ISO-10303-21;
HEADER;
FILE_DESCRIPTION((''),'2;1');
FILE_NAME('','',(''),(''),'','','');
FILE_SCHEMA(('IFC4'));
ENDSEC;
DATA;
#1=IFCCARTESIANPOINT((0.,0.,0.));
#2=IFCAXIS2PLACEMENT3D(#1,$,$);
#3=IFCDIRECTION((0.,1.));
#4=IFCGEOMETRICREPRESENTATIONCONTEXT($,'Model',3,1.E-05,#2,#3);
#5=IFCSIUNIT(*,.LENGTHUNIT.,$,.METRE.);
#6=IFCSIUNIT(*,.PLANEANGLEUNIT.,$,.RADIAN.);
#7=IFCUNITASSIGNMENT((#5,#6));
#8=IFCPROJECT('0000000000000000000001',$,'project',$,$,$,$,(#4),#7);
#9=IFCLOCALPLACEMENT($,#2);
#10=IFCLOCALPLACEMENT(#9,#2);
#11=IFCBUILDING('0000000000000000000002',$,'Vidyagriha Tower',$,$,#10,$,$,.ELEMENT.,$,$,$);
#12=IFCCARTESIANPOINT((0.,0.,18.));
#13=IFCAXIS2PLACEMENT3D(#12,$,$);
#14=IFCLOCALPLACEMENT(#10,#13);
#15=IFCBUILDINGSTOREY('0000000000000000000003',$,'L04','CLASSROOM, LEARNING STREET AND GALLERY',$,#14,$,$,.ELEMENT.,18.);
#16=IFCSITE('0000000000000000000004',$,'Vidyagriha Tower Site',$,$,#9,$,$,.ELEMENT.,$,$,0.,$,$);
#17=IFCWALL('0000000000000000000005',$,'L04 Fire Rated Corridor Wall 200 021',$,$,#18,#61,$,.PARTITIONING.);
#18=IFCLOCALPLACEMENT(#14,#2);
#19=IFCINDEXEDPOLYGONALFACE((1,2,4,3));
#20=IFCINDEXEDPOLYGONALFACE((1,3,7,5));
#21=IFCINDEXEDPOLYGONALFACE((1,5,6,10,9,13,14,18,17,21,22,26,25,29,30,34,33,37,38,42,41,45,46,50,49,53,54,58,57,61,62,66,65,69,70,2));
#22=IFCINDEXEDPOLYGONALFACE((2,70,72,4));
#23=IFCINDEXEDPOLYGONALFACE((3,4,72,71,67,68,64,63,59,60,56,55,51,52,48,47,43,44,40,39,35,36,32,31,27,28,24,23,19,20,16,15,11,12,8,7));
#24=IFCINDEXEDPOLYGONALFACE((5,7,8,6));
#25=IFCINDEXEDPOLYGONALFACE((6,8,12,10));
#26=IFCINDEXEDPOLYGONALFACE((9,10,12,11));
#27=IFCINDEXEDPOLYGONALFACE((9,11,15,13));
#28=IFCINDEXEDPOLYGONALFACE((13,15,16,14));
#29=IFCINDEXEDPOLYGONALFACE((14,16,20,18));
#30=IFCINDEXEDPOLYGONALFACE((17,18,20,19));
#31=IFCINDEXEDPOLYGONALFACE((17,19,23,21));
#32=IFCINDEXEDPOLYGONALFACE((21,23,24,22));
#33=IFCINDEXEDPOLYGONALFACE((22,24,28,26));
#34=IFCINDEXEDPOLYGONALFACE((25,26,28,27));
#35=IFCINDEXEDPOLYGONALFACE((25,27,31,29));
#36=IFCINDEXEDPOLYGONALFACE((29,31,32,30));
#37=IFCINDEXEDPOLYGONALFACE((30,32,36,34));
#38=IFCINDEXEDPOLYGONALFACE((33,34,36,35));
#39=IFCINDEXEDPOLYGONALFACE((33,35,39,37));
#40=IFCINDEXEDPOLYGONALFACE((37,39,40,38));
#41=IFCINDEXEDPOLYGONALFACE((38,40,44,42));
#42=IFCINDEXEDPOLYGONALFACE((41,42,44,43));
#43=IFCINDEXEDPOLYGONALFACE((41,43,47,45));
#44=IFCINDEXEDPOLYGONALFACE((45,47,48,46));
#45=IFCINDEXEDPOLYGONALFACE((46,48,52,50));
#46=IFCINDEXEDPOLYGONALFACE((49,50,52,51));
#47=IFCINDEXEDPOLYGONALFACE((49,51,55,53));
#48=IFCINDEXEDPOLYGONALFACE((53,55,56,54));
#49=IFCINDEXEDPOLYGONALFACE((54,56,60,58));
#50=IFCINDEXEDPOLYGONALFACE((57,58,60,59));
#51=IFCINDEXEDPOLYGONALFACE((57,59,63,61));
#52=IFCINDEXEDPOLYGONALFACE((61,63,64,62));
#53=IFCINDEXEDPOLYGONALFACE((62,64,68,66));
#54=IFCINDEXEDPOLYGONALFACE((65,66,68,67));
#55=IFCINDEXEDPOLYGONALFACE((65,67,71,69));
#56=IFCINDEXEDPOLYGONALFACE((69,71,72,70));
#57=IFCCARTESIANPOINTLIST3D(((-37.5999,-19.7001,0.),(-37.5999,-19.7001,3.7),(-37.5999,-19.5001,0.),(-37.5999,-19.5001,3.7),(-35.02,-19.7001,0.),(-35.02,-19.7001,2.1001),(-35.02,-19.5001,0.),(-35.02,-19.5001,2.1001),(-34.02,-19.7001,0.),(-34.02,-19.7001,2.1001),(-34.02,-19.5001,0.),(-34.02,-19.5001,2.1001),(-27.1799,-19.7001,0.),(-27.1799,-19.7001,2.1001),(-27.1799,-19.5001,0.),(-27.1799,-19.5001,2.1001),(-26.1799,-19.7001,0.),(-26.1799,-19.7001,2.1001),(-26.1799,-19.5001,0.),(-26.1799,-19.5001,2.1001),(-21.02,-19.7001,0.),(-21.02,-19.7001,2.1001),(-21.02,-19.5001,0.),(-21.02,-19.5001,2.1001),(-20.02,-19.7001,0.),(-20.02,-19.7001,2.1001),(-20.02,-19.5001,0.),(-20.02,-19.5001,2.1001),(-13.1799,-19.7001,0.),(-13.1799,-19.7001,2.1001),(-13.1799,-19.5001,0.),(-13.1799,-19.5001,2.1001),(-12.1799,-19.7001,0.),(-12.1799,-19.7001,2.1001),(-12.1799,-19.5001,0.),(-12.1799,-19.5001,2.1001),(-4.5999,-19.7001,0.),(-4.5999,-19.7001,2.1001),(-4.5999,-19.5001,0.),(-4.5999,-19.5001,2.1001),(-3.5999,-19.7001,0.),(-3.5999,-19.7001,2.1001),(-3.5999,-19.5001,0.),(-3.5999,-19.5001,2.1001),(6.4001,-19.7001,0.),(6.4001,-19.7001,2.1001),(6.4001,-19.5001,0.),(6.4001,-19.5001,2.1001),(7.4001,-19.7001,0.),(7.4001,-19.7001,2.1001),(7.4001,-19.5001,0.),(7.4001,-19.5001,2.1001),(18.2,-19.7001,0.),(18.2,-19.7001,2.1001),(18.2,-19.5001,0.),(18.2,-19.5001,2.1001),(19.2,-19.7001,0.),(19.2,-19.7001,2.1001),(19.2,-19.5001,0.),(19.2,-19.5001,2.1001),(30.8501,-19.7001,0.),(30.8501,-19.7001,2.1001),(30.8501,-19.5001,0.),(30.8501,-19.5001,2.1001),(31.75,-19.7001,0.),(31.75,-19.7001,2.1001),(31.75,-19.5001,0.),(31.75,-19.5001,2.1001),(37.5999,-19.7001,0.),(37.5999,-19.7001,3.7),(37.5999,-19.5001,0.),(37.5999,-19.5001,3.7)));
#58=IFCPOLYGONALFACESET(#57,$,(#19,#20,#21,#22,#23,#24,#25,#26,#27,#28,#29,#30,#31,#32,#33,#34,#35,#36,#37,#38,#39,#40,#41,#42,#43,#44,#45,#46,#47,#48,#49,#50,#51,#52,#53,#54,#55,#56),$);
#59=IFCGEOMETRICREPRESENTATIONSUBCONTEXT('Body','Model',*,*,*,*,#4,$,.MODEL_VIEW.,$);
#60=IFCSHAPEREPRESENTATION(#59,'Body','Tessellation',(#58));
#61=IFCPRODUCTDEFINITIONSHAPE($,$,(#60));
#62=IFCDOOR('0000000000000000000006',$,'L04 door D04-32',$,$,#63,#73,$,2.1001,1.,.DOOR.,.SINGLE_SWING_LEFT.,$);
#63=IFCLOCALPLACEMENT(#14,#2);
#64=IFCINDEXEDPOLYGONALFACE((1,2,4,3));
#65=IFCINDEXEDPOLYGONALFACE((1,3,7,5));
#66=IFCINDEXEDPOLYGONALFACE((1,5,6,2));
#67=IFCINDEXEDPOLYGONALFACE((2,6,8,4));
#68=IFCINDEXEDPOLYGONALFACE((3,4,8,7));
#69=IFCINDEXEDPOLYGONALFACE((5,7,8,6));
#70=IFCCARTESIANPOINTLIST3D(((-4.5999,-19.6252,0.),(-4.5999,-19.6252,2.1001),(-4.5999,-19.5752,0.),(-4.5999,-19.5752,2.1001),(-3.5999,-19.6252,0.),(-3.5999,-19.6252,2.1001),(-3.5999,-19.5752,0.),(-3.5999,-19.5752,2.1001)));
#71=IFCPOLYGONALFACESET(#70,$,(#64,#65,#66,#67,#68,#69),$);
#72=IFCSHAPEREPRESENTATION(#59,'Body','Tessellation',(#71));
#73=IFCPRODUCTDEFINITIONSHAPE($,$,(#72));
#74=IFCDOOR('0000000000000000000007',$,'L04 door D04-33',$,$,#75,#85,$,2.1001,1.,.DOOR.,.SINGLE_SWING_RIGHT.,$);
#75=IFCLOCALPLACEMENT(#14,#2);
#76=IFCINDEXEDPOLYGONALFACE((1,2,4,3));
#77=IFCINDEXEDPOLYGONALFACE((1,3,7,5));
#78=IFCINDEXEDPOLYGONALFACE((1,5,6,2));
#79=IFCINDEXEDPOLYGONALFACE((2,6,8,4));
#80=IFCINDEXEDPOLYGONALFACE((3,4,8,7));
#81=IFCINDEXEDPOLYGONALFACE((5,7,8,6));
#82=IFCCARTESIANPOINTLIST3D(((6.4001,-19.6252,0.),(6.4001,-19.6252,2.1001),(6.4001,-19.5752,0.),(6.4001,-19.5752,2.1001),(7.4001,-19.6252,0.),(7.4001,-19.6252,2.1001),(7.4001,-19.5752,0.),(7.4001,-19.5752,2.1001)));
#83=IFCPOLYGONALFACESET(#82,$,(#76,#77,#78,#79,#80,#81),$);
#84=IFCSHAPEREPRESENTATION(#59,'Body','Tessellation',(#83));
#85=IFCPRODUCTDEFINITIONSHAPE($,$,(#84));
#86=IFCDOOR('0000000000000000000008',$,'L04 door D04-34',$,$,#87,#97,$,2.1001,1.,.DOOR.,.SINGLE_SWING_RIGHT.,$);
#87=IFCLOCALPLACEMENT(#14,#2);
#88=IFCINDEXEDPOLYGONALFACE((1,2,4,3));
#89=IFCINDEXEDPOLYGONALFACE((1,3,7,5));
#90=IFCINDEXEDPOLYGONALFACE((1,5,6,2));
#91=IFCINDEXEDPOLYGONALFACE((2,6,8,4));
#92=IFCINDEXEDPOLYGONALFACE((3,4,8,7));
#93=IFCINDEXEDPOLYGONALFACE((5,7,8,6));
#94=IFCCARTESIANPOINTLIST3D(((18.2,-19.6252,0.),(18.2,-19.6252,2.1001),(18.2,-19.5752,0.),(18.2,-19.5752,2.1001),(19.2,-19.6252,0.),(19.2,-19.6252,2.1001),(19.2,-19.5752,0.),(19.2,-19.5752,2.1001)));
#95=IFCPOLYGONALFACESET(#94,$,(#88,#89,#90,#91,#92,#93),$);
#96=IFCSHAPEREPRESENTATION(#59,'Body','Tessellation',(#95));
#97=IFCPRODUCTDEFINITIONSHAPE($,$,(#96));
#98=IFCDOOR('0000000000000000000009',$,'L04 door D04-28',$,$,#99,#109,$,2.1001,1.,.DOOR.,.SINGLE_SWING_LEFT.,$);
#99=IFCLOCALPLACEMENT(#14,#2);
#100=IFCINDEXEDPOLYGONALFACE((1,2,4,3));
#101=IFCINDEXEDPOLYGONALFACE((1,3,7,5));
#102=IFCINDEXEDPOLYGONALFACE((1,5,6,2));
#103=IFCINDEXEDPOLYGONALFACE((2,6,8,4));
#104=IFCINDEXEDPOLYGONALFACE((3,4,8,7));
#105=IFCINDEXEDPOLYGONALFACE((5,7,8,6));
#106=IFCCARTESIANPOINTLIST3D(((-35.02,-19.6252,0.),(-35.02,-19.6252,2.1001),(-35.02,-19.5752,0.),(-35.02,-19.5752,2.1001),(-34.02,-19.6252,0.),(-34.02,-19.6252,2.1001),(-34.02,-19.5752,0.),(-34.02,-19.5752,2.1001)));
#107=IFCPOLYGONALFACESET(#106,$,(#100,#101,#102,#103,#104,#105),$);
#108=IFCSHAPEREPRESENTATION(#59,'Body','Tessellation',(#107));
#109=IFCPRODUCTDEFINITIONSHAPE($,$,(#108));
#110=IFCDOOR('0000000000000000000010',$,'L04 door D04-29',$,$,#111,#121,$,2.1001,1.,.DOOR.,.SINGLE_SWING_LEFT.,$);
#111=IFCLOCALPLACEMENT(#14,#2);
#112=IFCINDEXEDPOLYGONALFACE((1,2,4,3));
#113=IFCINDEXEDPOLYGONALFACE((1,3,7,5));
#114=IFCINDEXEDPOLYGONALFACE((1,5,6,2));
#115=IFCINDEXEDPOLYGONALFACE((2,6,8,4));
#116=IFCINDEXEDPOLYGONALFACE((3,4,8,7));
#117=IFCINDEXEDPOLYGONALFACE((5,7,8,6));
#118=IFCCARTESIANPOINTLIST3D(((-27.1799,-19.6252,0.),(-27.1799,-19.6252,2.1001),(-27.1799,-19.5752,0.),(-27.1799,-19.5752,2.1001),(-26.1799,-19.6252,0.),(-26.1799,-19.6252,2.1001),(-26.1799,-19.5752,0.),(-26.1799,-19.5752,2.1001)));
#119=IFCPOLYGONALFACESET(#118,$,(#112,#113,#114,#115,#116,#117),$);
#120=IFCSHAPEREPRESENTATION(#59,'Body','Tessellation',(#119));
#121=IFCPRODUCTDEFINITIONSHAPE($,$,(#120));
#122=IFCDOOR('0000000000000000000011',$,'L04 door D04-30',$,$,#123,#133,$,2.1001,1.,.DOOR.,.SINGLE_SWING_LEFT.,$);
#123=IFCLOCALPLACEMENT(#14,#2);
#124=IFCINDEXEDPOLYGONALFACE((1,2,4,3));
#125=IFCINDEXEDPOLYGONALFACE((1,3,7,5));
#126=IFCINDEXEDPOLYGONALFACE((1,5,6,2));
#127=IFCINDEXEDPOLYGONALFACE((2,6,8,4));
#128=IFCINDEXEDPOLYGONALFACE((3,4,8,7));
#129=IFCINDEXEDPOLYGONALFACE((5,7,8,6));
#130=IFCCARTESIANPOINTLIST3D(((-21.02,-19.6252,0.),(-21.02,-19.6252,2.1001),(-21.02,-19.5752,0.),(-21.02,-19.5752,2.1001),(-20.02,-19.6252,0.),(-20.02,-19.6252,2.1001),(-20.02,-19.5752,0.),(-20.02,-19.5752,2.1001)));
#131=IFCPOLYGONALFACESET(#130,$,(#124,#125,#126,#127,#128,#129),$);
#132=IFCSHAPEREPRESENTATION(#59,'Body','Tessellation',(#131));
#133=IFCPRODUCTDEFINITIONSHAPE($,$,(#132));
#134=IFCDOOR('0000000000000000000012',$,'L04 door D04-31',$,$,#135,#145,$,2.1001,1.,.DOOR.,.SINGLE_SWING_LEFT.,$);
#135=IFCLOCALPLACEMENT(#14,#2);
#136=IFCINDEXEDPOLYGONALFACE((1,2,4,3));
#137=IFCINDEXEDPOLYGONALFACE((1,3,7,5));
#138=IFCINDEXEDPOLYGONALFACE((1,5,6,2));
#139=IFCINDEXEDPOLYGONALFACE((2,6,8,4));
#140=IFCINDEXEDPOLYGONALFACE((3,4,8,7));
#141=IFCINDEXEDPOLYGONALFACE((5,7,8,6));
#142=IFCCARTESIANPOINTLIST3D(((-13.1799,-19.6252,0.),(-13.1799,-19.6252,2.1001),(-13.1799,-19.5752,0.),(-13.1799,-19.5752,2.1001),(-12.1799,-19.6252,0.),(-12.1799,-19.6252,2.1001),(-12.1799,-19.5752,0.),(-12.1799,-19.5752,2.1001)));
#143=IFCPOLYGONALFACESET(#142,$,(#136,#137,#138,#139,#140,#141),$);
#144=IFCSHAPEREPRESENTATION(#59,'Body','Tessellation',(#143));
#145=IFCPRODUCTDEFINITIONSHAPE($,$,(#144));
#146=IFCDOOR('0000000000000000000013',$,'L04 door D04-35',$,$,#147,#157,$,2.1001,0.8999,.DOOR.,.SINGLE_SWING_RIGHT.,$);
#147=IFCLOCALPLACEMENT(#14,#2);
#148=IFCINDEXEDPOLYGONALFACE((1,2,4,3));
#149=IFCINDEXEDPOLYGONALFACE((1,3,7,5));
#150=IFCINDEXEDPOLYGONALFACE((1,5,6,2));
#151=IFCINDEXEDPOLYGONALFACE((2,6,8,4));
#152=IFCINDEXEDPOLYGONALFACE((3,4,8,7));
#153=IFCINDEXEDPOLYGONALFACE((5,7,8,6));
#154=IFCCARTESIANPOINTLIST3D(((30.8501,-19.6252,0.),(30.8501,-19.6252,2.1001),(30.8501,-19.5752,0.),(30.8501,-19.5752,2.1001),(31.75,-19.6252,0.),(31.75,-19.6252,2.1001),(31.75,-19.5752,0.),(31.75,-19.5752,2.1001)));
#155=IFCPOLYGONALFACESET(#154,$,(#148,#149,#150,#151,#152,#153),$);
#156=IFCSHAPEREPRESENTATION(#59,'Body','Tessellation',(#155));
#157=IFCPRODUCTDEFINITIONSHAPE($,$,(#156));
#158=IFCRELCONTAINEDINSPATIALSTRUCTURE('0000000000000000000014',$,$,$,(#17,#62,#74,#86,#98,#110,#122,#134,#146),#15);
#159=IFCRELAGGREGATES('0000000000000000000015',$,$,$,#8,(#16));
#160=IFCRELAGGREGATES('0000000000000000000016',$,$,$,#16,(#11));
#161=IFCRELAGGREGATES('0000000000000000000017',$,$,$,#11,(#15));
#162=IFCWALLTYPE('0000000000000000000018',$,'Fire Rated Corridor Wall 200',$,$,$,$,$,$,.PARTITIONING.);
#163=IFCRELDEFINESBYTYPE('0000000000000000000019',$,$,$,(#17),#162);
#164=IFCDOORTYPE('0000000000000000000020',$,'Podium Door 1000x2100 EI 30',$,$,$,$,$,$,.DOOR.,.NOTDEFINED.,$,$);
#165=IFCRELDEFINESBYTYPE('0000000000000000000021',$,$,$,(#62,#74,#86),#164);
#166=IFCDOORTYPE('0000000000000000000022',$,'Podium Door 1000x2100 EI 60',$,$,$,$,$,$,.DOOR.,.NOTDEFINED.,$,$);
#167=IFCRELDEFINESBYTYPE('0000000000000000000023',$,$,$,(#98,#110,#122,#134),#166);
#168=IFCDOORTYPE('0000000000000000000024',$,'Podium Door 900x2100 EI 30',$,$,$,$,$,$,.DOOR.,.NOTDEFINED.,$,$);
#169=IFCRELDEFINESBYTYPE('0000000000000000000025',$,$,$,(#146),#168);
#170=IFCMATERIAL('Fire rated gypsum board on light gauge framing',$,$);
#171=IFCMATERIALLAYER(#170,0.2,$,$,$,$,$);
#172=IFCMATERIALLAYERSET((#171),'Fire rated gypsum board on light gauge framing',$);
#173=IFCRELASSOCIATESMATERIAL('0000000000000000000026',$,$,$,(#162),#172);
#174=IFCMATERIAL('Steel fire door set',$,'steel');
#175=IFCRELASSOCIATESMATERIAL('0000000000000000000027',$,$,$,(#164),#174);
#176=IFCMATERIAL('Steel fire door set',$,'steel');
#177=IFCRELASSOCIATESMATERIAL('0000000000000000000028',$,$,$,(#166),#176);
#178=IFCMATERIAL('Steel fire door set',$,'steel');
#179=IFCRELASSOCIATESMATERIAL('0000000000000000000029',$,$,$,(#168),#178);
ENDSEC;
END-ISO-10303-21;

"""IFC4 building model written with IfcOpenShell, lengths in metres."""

from ifc_helpers import new_model, si_unit, direction, frame, frame_2d, origin, place, context, subcontext, project, spatial, rectangle, extrude, material, layer, layer_set, type_object, element, fill, save


model = new_model("IFC4")

# Units and contexts
model_context = context("Model", 3, precision=1e-05, world=origin(), true_north=direction((0.0, 1.0)))
body_context = subcontext(model_context, "Body", "Model", "MODEL_VIEW")
ifc_project = project(units=[si_unit("LENGTHUNIT", "METRE"), si_unit("PLANEANGLEUNIT", "RADIAN")], contexts=[model_context])

# Site, building, storey
site_placement = place(None, origin())
site = spatial("IfcSite", under=ifc_project, at=site_placement, Name="Vidyagriha Tower Site", CompositionType="ELEMENT", RefElevation=0.0)
building_placement = place(site_placement, origin())
building = spatial("IfcBuilding", under=site, at=building_placement, Name="Vidyagriha Tower", CompositionType="ELEMENT")
storey_placement = place(building_placement, frame((0.0, 0.0, 18.0)))
storey = spatial("IfcBuildingStorey", under=building, at=storey_placement, Name="L04", Description="CLASSROOM, LEARNING STREET AND GALLERY", CompositionType="ELEMENT", Elevation=18.0)

# Wall, openings, doors
ifc_material_1 = material(Name="Fire rated gypsum board on light gauge framing")
ifc_layer_1 = layer(ifc_material_1, 0.2)
ifc_layer_set_1 = layer_set([ifc_layer_1], Name="Fire rated gypsum board on light gauge framing")
wall_type = type_object("IfcWallType", Name="Fire Rated Corridor Wall 200", PredefinedType="PARTITIONING", material=ifc_layer_set_1)
wall_1_placement = place(storey_placement, frame((-37.5999, -19.6001, 0.0)))
wall_1 = element("IfcWall", 1, at=wall_1_placement, inside=storey, type_object=wall_type, Name="L04 Fire Rated Corridor Wall 200 021", PredefinedType="PARTITIONING", context=body_context, shape_type="SweptSolid", body=[
    extrude(rectangle(XDim=75.1997, YDim=0.2, at=frame_2d((37.5999, 0.0))), origin(), (0.0, 0.0, 1.0), 3.7),
])
opening_1_placement = place(wall_1_placement, frame((2.5798, 0.0, 0.0)))
opening_1 = element("IfcOpeningElement", 2, at=opening_1_placement, cuts=wall_1, PredefinedType="OPENING", context=body_context, shape_type="SweptSolid", body=[
    extrude(rectangle(XDim=1.0, YDim=2.1001, at=frame_2d((0.5, 1.05))), frame((0.0, 0.1099, 0.0), z_axis=(0.0, -1.0, 0.0), x_axis=(1.0, 0.0, 0.0)), (0.0, 0.0, 1.0), 0.22),
])
opening_2_placement = place(wall_1_placement, frame((10.4199, 0.0, 0.0)))
opening_2 = element("IfcOpeningElement", 3, at=opening_2_placement, cuts=wall_1, PredefinedType="OPENING", context=body_context, shape_type="SweptSolid", body=[
    extrude(rectangle(XDim=1.0, YDim=2.1001, at=frame_2d((0.5, 1.05))), frame((0.0, 0.1099, 0.0), z_axis=(0.0, -1.0, 0.0), x_axis=(1.0, 0.0, 0.0)), (0.0, 0.0, 1.0), 0.22),
])
opening_3_placement = place(wall_1_placement, frame((16.5798, 0.0, 0.0)))
opening_3 = element("IfcOpeningElement", 4, at=opening_3_placement, cuts=wall_1, PredefinedType="OPENING", context=body_context, shape_type="SweptSolid", body=[
    extrude(rectangle(XDim=1.0, YDim=2.1001, at=frame_2d((0.5, 1.05))), frame((0.0, 0.1099, 0.0), z_axis=(0.0, -1.0, 0.0), x_axis=(1.0, 0.0, 0.0)), (0.0, 0.0, 1.0), 0.22),
])
opening_4_placement = place(wall_1_placement, frame((24.4199, 0.0, 0.0)))
opening_4 = element("IfcOpeningElement", 5, at=opening_4_placement, cuts=wall_1, PredefinedType="OPENING", context=body_context, shape_type="SweptSolid", body=[
    extrude(rectangle(XDim=1.0, YDim=2.1001, at=frame_2d((0.5, 1.05))), frame((0.0, 0.1099, 0.0), z_axis=(0.0, -1.0, 0.0), x_axis=(1.0, 0.0, 0.0)), (0.0, 0.0, 1.0), 0.22),
])
opening_5_placement = place(wall_1_placement, frame((33.0, 0.0, 0.0)))
opening_5 = element("IfcOpeningElement", 6, at=opening_5_placement, cuts=wall_1, PredefinedType="OPENING", context=body_context, shape_type="SweptSolid", body=[
    extrude(rectangle(XDim=1.0, YDim=2.1001, at=frame_2d((0.5, 1.05))), frame((0.0, 0.1099, 0.0), z_axis=(0.0, -1.0, 0.0), x_axis=(1.0, 0.0, 0.0)), (0.0, 0.0, 1.0), 0.22),
])
opening_6_placement = place(wall_1_placement, frame((44.0, 0.0, 0.0)))
opening_6 = element("IfcOpeningElement", 7, at=opening_6_placement, cuts=wall_1, PredefinedType="OPENING", context=body_context, shape_type="SweptSolid", body=[
    extrude(rectangle(XDim=1.0, YDim=2.1001, at=frame_2d((0.5, 1.05))), frame((0.0, 0.1099, 0.0), z_axis=(0.0, -1.0, 0.0), x_axis=(1.0, 0.0, 0.0)), (0.0, 0.0, 1.0), 0.22),
])
opening_7_placement = place(wall_1_placement, frame((55.7998, 0.0, 0.0)))
opening_7 = element("IfcOpeningElement", 8, at=opening_7_placement, cuts=wall_1, PredefinedType="OPENING", context=body_context, shape_type="SweptSolid", body=[
    extrude(rectangle(XDim=1.0, YDim=2.1001, at=frame_2d((0.5, 1.05))), frame((0.0, 0.1099, 0.0), z_axis=(0.0, -1.0, 0.0), x_axis=(1.0, 0.0, 0.0)), (0.0, 0.0, 1.0), 0.22),
])
opening_8_placement = place(wall_1_placement, frame((68.45, 0.0, 0.0)))
opening_8 = element("IfcOpeningElement", 9, at=opening_8_placement, cuts=wall_1, PredefinedType="OPENING", context=body_context, shape_type="SweptSolid", body=[
    extrude(rectangle(XDim=0.8999, YDim=2.1001, at=frame_2d((0.45, 1.05))), frame((0.0, 0.1099, 0.0), z_axis=(0.0, -1.0, 0.0), x_axis=(1.0, 0.0, 0.0)), (0.0, 0.0, 1.0), 0.22),
])
ifc_material_2 = material(Name="Steel fire door set", Category="steel")
door_type_1 = type_object("IfcDoorType", Name="Podium Door 1000x2100 EI 30", OperationType="NOTDEFINED", PredefinedType="DOOR", material=ifc_material_2)
door_1_placement = place(opening_5_placement, origin())
door_1 = element("IfcDoor", 10, at=door_1_placement, inside=storey, type_object=door_type_1, Name="L04 door D04-32", OperationType="SINGLE_SWING_LEFT", OverallHeight=2.1001, OverallWidth=1.0, PredefinedType="DOOR", context=body_context, shape_type="SweptSolid", body=[
    extrude(rectangle(XDim=1.0, YDim=2.1001, at=frame_2d((0.5, 1.05))), frame((0.0, 0.0249, 0.0), z_axis=(0.0, -1.0, 0.0), x_axis=(1.0, 0.0, 0.0)), (0.0, 0.0, 1.0), 0.05),
])
fill(opening_5, door_1)
door_2_placement = place(opening_6_placement, origin())
door_2 = element("IfcDoor", 11, at=door_2_placement, inside=storey, type_object=door_type_1, Name="L04 door D04-33", OperationType="SINGLE_SWING_RIGHT", OverallHeight=2.1001, OverallWidth=1.0, PredefinedType="DOOR", context=body_context, shape_type="SweptSolid", body=[
    extrude(rectangle(XDim=1.0, YDim=2.1001, at=frame_2d((0.5, 1.05))), frame((0.0, 0.0249, 0.0), z_axis=(0.0, -1.0, 0.0), x_axis=(1.0, 0.0, 0.0)), (0.0, 0.0, 1.0), 0.05),
])
fill(opening_6, door_2)
door_3_placement = place(opening_7_placement, origin())
door_3 = element("IfcDoor", 12, at=door_3_placement, inside=storey, type_object=door_type_1, Name="L04 door D04-34", OperationType="SINGLE_SWING_RIGHT", OverallHeight=2.1001, OverallWidth=1.0, PredefinedType="DOOR", context=body_context, shape_type="SweptSolid", body=[
    extrude(rectangle(XDim=1.0, YDim=2.1001, at=frame_2d((0.5, 1.05))), frame((0.0, 0.0249, 0.0), z_axis=(0.0, -1.0, 0.0), x_axis=(1.0, 0.0, 0.0)), (0.0, 0.0, 1.0), 0.05),
])
fill(opening_7, door_3)
ifc_material_3 = material(Name="Steel fire door set", Category="steel")
door_type_2 = type_object("IfcDoorType", Name="Podium Door 1000x2100 EI 60", OperationType="NOTDEFINED", PredefinedType="DOOR", material=ifc_material_3)
door_4_placement = place(opening_1_placement, origin())
door_4 = element("IfcDoor", 13, at=door_4_placement, inside=storey, type_object=door_type_2, Name="L04 door D04-28", OperationType="SINGLE_SWING_LEFT", OverallHeight=2.1001, OverallWidth=1.0, PredefinedType="DOOR", context=body_context, shape_type="SweptSolid", body=[
    extrude(rectangle(XDim=1.0, YDim=2.1001, at=frame_2d((0.5, 1.05))), frame((0.0, 0.0249, 0.0), z_axis=(0.0, -1.0, 0.0), x_axis=(1.0, 0.0, 0.0)), (0.0, 0.0, 1.0), 0.05),
])
fill(opening_1, door_4)
door_5_placement = place(opening_2_placement, origin())
door_5 = element("IfcDoor", 14, at=door_5_placement, inside=storey, type_object=door_type_2, Name="L04 door D04-29", OperationType="SINGLE_SWING_LEFT", OverallHeight=2.1001, OverallWidth=1.0, PredefinedType="DOOR", context=body_context, shape_type="SweptSolid", body=[
    extrude(rectangle(XDim=1.0, YDim=2.1001, at=frame_2d((0.5, 1.05))), frame((0.0, 0.0249, 0.0), z_axis=(0.0, -1.0, 0.0), x_axis=(1.0, 0.0, 0.0)), (0.0, 0.0, 1.0), 0.05),
])
fill(opening_2, door_5)
door_6_placement = place(opening_3_placement, origin())
door_6 = element("IfcDoor", 15, at=door_6_placement, inside=storey, type_object=door_type_2, Name="L04 door D04-30", OperationType="SINGLE_SWING_LEFT", OverallHeight=2.1001, OverallWidth=1.0, PredefinedType="DOOR", context=body_context, shape_type="SweptSolid", body=[
    extrude(rectangle(XDim=1.0, YDim=2.1001, at=frame_2d((0.5, 1.05))), frame((0.0, 0.0249, 0.0), z_axis=(0.0, -1.0, 0.0), x_axis=(1.0, 0.0, 0.0)), (0.0, 0.0, 1.0), 0.05),
])
fill(opening_3, door_6)
door_7_placement = place(opening_4_placement, origin())
door_7 = element("IfcDoor", 16, at=door_7_placement, inside=storey, type_object=door_type_2, Name="L04 door D04-31", OperationType="SINGLE_SWING_LEFT", OverallHeight=2.1001, OverallWidth=1.0, PredefinedType="DOOR", context=body_context, shape_type="SweptSolid", body=[
    extrude(rectangle(XDim=1.0, YDim=2.1001, at=frame_2d((0.5, 1.05))), frame((0.0, 0.0249, 0.0), z_axis=(0.0, -1.0, 0.0), x_axis=(1.0, 0.0, 0.0)), (0.0, 0.0, 1.0), 0.05),
])
fill(opening_4, door_7)
ifc_material_4 = material(Name="Steel fire door set", Category="steel")
door_type_3 = type_object("IfcDoorType", Name="Podium Door 900x2100 EI 30", OperationType="NOTDEFINED", PredefinedType="DOOR", material=ifc_material_4)
door_8_placement = place(opening_8_placement, origin())
door_8 = element("IfcDoor", 17, at=door_8_placement, inside=storey, type_object=door_type_3, Name="L04 door D04-35", OperationType="SINGLE_SWING_RIGHT", OverallHeight=2.1001, OverallWidth=0.8999, PredefinedType="DOOR", context=body_context, shape_type="SweptSolid", body=[
    extrude(rectangle(XDim=0.8999, YDim=2.1001, at=frame_2d((0.45, 1.05))), frame((0.0, 0.0249, 0.0), z_axis=(0.0, -1.0, 0.0), x_axis=(1.0, 0.0, 0.0)), (0.0, 0.0, 1.0), 0.05),
])
fill(opening_8, door_8)

save(model, "model.ifc")
